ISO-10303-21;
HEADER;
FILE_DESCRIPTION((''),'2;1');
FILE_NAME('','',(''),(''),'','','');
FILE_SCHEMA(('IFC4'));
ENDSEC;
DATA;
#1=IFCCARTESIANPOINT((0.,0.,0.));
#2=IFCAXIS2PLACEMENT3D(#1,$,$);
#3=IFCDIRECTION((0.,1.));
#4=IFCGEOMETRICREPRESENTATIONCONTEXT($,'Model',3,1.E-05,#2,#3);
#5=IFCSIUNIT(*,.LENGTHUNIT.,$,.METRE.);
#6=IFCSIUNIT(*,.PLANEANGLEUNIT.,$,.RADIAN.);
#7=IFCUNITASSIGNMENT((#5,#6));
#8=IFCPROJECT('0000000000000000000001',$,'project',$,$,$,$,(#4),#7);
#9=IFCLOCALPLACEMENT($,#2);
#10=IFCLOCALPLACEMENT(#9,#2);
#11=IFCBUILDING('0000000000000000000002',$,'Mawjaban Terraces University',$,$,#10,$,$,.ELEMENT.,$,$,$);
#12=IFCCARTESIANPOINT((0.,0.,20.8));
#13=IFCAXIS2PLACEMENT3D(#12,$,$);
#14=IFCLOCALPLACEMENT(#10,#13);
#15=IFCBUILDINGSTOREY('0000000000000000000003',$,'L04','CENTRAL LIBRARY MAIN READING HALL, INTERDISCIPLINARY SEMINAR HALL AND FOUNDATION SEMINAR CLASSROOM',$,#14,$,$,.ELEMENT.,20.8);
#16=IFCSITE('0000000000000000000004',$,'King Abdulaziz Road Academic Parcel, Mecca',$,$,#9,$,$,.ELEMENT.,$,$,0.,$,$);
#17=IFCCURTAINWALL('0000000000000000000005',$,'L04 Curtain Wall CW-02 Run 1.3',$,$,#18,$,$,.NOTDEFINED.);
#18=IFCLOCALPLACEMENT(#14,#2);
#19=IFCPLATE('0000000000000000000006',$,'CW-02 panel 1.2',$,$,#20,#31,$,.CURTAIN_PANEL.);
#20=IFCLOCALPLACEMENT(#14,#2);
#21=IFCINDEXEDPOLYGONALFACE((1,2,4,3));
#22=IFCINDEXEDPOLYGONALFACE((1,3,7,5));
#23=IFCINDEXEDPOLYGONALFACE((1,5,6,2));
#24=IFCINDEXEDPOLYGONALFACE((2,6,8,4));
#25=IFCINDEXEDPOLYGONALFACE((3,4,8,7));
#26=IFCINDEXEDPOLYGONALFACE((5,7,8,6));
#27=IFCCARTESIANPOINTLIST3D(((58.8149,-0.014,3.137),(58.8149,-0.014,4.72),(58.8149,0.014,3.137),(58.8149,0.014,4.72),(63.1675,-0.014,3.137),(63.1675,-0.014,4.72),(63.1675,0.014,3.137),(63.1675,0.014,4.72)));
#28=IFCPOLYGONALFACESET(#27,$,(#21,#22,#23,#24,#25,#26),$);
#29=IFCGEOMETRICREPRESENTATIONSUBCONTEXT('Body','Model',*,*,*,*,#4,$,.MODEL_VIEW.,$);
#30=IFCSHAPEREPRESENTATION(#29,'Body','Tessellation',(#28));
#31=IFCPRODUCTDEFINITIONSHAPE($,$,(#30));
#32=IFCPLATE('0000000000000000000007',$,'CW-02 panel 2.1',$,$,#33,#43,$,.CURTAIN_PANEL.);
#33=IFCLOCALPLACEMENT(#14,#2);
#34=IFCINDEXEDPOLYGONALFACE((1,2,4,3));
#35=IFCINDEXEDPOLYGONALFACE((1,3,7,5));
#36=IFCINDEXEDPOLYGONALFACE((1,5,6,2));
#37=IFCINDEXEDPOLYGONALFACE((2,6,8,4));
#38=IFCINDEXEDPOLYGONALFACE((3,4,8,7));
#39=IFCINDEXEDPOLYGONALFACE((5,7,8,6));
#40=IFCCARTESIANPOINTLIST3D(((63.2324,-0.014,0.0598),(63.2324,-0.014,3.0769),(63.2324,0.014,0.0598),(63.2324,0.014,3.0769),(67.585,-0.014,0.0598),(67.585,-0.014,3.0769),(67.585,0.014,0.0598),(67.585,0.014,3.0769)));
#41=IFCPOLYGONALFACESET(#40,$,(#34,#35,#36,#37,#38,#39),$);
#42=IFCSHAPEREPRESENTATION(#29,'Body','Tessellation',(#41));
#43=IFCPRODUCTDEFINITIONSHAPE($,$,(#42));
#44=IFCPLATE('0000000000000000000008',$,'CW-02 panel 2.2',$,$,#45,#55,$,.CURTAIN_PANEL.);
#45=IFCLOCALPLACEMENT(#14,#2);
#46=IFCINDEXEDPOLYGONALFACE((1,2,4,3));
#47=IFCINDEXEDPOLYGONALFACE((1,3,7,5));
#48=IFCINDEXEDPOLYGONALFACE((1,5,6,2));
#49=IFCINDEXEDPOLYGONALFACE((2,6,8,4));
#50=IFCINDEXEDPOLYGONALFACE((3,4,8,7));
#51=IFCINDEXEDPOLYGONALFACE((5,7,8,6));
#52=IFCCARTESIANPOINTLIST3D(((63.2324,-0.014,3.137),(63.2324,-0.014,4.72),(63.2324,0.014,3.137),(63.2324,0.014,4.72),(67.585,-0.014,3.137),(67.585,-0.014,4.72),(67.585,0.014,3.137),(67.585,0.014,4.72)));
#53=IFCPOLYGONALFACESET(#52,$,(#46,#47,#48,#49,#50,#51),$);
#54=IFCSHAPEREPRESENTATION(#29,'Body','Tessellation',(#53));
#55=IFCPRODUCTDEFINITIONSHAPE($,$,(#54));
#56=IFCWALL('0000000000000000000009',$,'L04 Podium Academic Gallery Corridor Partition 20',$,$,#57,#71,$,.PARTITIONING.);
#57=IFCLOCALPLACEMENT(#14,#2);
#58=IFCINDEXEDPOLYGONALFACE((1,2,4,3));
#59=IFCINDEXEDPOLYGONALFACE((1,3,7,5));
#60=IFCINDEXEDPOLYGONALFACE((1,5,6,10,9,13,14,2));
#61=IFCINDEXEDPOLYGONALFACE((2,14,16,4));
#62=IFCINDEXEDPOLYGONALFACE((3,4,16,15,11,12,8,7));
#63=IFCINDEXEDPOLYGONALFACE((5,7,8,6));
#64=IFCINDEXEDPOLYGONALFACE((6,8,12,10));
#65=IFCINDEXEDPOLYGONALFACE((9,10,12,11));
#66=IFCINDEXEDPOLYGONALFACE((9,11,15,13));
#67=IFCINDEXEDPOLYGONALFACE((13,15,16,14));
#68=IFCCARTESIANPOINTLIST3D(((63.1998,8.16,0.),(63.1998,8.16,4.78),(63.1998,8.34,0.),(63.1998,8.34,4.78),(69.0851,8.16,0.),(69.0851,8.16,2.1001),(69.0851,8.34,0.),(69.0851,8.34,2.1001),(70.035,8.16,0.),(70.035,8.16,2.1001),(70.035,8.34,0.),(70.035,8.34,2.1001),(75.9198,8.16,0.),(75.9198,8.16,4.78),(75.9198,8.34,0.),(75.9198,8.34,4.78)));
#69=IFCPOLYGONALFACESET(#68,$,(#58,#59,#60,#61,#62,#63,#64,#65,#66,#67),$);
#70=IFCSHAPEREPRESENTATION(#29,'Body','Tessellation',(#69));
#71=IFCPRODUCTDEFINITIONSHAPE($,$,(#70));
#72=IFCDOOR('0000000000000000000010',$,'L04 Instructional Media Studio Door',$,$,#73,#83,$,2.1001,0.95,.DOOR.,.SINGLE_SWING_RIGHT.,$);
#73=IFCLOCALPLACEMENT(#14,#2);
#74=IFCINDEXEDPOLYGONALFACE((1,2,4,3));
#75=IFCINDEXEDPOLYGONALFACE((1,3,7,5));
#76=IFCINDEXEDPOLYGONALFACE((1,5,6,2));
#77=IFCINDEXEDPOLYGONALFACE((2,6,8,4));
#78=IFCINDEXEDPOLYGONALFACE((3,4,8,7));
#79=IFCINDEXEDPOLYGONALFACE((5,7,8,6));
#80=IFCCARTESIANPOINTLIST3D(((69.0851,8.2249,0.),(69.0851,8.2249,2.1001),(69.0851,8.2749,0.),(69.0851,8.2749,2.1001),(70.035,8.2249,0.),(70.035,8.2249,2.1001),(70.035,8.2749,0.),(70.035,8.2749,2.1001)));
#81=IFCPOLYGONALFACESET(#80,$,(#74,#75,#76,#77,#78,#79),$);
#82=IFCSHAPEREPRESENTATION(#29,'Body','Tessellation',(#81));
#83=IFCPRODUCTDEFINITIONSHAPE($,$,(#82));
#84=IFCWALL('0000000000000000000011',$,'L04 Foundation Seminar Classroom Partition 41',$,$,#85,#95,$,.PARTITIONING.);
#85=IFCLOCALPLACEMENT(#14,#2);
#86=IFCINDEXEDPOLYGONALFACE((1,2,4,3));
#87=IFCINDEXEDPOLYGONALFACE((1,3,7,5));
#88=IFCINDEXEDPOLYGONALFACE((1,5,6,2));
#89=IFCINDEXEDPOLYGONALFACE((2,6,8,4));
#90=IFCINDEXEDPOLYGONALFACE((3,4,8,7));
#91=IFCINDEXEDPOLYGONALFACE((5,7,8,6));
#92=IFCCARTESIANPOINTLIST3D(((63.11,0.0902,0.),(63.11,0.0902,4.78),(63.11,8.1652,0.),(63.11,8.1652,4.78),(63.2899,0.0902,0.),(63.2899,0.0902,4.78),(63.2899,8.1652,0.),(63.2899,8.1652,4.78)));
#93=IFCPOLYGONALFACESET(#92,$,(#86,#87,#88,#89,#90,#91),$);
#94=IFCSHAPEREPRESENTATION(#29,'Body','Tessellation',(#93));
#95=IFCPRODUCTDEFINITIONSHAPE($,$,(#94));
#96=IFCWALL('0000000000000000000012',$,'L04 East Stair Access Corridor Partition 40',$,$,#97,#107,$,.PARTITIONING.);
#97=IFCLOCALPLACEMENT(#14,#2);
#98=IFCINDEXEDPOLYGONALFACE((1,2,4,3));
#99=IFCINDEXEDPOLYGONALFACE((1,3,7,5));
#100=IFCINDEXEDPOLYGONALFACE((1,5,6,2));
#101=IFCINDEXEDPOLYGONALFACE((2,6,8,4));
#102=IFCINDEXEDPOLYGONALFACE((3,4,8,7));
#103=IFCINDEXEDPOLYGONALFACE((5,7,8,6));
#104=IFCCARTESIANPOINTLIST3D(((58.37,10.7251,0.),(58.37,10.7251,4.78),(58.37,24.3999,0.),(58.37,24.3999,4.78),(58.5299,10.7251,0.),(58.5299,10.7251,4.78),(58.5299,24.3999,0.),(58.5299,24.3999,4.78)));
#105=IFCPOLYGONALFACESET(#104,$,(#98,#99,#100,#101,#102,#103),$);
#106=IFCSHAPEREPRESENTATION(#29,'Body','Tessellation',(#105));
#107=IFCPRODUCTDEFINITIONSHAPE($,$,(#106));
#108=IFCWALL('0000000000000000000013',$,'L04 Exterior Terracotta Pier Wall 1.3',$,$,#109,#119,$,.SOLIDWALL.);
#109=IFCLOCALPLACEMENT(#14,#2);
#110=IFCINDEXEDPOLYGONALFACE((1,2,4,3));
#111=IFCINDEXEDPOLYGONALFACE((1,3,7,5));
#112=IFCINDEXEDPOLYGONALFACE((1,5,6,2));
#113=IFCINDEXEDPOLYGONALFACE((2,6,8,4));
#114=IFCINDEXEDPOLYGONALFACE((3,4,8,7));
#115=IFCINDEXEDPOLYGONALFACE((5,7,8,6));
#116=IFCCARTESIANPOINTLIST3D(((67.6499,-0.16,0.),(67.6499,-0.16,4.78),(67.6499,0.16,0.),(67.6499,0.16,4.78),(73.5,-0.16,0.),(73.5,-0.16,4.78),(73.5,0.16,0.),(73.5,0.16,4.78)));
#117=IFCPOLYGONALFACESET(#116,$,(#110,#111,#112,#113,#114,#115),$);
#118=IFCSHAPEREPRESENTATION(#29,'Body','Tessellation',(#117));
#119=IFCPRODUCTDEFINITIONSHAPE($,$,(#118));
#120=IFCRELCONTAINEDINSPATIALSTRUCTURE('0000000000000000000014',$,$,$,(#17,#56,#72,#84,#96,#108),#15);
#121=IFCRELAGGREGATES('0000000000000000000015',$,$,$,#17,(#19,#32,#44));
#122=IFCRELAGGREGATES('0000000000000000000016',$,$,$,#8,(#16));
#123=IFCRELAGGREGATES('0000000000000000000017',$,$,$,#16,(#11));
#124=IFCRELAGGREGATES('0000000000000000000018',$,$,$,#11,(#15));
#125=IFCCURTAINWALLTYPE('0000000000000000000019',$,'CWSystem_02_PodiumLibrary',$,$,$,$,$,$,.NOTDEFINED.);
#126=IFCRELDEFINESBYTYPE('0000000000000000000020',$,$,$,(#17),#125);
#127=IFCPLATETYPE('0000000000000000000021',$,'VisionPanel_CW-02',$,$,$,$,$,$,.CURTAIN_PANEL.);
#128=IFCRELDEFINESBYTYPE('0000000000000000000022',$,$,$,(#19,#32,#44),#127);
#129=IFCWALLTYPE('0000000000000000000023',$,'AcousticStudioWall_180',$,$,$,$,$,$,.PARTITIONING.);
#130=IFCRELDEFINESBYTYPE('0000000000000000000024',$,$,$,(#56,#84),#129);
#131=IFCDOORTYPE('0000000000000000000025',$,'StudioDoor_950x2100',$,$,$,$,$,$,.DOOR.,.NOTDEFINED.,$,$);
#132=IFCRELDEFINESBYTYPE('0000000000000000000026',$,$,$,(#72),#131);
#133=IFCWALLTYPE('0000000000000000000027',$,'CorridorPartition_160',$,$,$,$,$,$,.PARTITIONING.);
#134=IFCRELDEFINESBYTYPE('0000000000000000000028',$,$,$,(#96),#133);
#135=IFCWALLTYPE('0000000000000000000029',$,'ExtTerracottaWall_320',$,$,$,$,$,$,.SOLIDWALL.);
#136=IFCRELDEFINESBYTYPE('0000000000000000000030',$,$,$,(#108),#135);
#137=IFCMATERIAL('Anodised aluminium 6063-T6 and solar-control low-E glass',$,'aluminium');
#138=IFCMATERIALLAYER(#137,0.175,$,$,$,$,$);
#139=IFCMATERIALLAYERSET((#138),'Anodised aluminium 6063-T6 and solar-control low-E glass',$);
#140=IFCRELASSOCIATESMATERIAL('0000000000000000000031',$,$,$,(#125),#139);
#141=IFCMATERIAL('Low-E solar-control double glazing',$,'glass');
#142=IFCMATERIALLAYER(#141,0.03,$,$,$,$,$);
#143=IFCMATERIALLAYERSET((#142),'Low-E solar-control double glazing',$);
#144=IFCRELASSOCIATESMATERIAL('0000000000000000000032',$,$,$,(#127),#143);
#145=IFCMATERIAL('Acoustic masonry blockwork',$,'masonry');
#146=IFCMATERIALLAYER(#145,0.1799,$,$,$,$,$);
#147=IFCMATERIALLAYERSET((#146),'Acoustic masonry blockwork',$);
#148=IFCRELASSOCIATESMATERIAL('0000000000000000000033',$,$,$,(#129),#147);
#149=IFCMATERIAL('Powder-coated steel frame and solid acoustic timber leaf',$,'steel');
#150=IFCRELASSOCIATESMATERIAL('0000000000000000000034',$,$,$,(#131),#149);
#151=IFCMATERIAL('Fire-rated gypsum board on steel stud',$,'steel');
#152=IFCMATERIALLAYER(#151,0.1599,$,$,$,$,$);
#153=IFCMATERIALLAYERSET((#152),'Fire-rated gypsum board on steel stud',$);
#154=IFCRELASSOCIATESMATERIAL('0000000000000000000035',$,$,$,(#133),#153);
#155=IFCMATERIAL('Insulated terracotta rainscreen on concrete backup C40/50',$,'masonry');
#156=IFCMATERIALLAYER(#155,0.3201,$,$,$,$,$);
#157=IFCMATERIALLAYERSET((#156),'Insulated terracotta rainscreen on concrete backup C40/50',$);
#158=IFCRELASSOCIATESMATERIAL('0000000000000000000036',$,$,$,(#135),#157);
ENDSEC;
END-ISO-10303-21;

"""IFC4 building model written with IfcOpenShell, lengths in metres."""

from ifc_helpers import new_model, si_unit, direction, frame, frame_2d, origin, origin_2d, place, context, subcontext, project, spatial, rectangle, extrude, material, layer, layer_set, type_object, element, fill, aggregate, save


model = new_model("IFC4")

# Units and contexts
model_context = context("Model", 3, precision=1e-05, world=origin(), true_north=direction((0.0, 1.0)))
body_context = subcontext(model_context, "Body", "Model", "MODEL_VIEW")
ifc_project = project(units=[si_unit("LENGTHUNIT", "METRE"), si_unit("PLANEANGLEUNIT", "RADIAN")], contexts=[model_context])

# Site, building, storey
site_placement = place(None, origin())
site = spatial("IfcSite", under=ifc_project, at=site_placement, Name="King Abdulaziz Road Academic Parcel, Mecca", CompositionType="ELEMENT", RefElevation=0.0)
building_placement = place(site_placement, origin())
building = spatial("IfcBuilding", under=site, at=building_placement, Name="Mawjaban Terraces University", CompositionType="ELEMENT")
storey_placement = place(building_placement, frame((0.0, 0.0, 20.8)))
storey = spatial("IfcBuildingStorey", under=building, at=storey_placement, Name="L04", Description="CENTRAL LIBRARY MAIN READING HALL, INTERDISCIPLINARY SEMINAR HALL AND FOUNDATION SEMINAR CLASSROOM", CompositionType="ELEMENT", Elevation=20.8)

# Curtain wall
ifc_material_1 = material(Name="Anodised aluminium 6063-T6 and solar-control low-E glass", Category="aluminium")
ifc_layer_1 = layer(ifc_material_1, 0.175)
ifc_layer_set_1 = layer_set([ifc_layer_1], Name="Anodised aluminium 6063-T6 and solar-control low-E glass")
curtain_wall_type = type_object("IfcCurtainWallType", Name="CWSystem_02_PodiumLibrary", PredefinedType="NOTDEFINED", material=ifc_layer_set_1)
curtain_wall_placement = place(storey_placement, origin())
curtain_wall = element("IfcCurtainWall", 1, at=curtain_wall_placement, inside=storey, type_object=curtain_wall_type, Name="L04 Curtain Wall CW-02 Run 1.3", PredefinedType="NOTDEFINED")

# Plates
ifc_material_2 = material(Name="Low-E solar-control double glazing", Category="glass")
ifc_layer_2 = layer(ifc_material_2, 0.03)
ifc_layer_set_2 = layer_set([ifc_layer_2], Name="Low-E solar-control double glazing")
plate_type_1 = type_object("IfcPlateType", Name="VisionPanel_CW-02", PredefinedType="CURTAIN_PANEL", material=ifc_layer_set_2)
plate_1_placement = place(storey_placement, frame((60.9912, 0.0, 3.137), z_axis=(0.0, 0.0, 1.0), x_axis=(1.0, 0.0, 0.0)))
plate_1 = element("IfcPlate", 2, at=plate_1_placement, type_object=plate_type_1, Name="CW-02 panel 1.2", PredefinedType="CURTAIN_PANEL", context=body_context, shape_type="SweptSolid", body=[
    extrude(rectangle(XDim=4.3525, YDim=0.0281, at=origin_2d()), origin(), (0.0, 0.0, 1.0), 1.583),
])
plate_2_placement = place(storey_placement, frame((65.4087, 0.0, 0.0598), z_axis=(0.0, 0.0, 1.0), x_axis=(1.0, 0.0, 0.0)))
plate_2 = element("IfcPlate", 3, at=plate_2_placement, type_object=plate_type_1, Name="CW-02 panel 2.1", PredefinedType="CURTAIN_PANEL", context=body_context, shape_type="SweptSolid", body=[
    extrude(rectangle(XDim=4.3525, YDim=0.0281, at=origin_2d()), origin(), (0.0, 0.0, 1.0), 3.0171),
])
plate_3_placement = place(storey_placement, frame((65.4087, 0.0, 3.137), z_axis=(0.0, 0.0, 1.0), x_axis=(1.0, 0.0, 0.0)))
plate_3 = element("IfcPlate", 4, at=plate_3_placement, type_object=plate_type_1, Name="CW-02 panel 2.2", PredefinedType="CURTAIN_PANEL", context=body_context, shape_type="SweptSolid", body=[
    extrude(rectangle(XDim=4.3525, YDim=0.0281, at=origin_2d()), origin(), (0.0, 0.0, 1.0), 1.583),
])
aggregate(curtain_wall, [plate_1, plate_2, plate_3])

# Wall, opening, door
ifc_material_3 = material(Name="Acoustic masonry blockwork", Category="masonry")
ifc_layer_3 = layer(ifc_material_3, 0.1799)
ifc_layer_set_3 = layer_set([ifc_layer_3], Name="Acoustic masonry blockwork")
wall_type_1 = type_object("IfcWallType", Name="AcousticStudioWall_180", PredefinedType="PARTITIONING", material=ifc_layer_set_3)
wall_1_placement = place(storey_placement, frame((63.2, 8.25, 0.0), z_axis=(0.0, 0.0, 1.0), x_axis=(1.0, 0.0, 0.0)))
wall_1 = element("IfcWall", 5, at=wall_1_placement, inside=storey, type_object=wall_type_1, Name="L04 Podium Academic Gallery Corridor Partition 20", PredefinedType="PARTITIONING", context=body_context, shape_type="SweptSolid", body=[
    extrude(rectangle(XDim=12.72, YDim=0.1799, at=frame_2d((6.3599, 0.0))), origin(), (0.0, 0.0, 1.0), 4.78),
])
opening_placement = place(wall_1_placement, frame((5.885, 0.0, 0.0)))
opening = element("IfcOpeningElement", 6, at=opening_placement, cuts=wall_1, PredefinedType="OPENING", context=body_context, shape_type="SweptSolid", body=[
    extrude(rectangle(XDim=0.95, YDim=2.1001, at=frame_2d((0.4751, 1.05))), frame((0.0, 0.0999, 0.0), z_axis=(0.0, -1.0, 0.0), x_axis=(1.0, 0.0, 0.0)), (0.0, 0.0, 1.0), 0.2),
])
ifc_material_4 = material(Name="Powder-coated steel frame and solid acoustic timber leaf", Category="steel")
door_type = type_object("IfcDoorType", Name="StudioDoor_950x2100", OperationType="NOTDEFINED", PredefinedType="DOOR", material=ifc_material_4)
door_placement = place(opening_placement, origin())
door = element("IfcDoor", 7, at=door_placement, inside=storey, type_object=door_type, Name="L04 Instructional Media Studio Door", OperationType="SINGLE_SWING_RIGHT", OverallHeight=2.1001, OverallWidth=0.95, PredefinedType="DOOR", context=body_context, shape_type="SweptSolid", body=[
    extrude(rectangle(XDim=0.95, YDim=2.1001, at=frame_2d((0.4751, 1.05))), frame((0.0, 0.0249, 0.0), z_axis=(0.0, -1.0, 0.0), x_axis=(1.0, 0.0, 0.0)), (0.0, 0.0, 1.0), 0.05),
])
fill(opening, door)

# Walls
wall_2_placement = place(storey_placement, frame((63.2, 0.0901, 0.0), z_axis=(0.0, 0.0, 1.0), x_axis=(0.0, 1.0, 0.0)))
element("IfcWall", 8, at=wall_2_placement, inside=storey, type_object=wall_type_1, Name="L04 Foundation Seminar Classroom Partition 41", PredefinedType="PARTITIONING", context=body_context, shape_type="SweptSolid", body=[
    extrude(rectangle(XDim=8.075, YDim=0.1799, at=frame_2d((4.0376, 0.0))), origin(), (0.0, 0.0, 1.0), 4.78),
])
ifc_material_5 = material(Name="Fire-rated gypsum board on steel stud", Category="steel")
ifc_layer_4 = layer(ifc_material_5, 0.1599)
ifc_layer_set_4 = layer_set([ifc_layer_4], Name="Fire-rated gypsum board on steel stud")
wall_type_2 = type_object("IfcWallType", Name="CorridorPartition_160", PredefinedType="PARTITIONING", material=ifc_layer_set_4)
wall_3_placement = place(storey_placement, frame((58.45, 10.7251, 0.0), z_axis=(0.0, 0.0, 1.0), x_axis=(0.0, 1.0, 0.0)))
element("IfcWall", 9, at=wall_3_placement, inside=storey, type_object=wall_type_2, Name="L04 East Stair Access Corridor Partition 40", PredefinedType="PARTITIONING", context=body_context, shape_type="SweptSolid", body=[
    extrude(rectangle(XDim=13.6748, YDim=0.1599, at=frame_2d((6.8374, 0.0))), origin(), (0.0, 0.0, 1.0), 4.78),
])
ifc_material_6 = material(Name="Insulated terracotta rainscreen on concrete backup C40/50", Category="masonry")
ifc_layer_5 = layer(ifc_material_6, 0.3201)
ifc_layer_set_5 = layer_set([ifc_layer_5], Name="Insulated terracotta rainscreen on concrete backup C40/50")
wall_type_3 = type_object("IfcWallType", Name="ExtTerracottaWall_320", PredefinedType="SOLIDWALL", material=ifc_layer_set_5)
wall_4_placement = place(storey_placement, frame((67.6499, 0.0, 0.0), z_axis=(0.0, 0.0, 1.0), x_axis=(1.0, 0.0, 0.0)))
element("IfcWall", 10, at=wall_4_placement, inside=storey, type_object=wall_type_3, Name="L04 Exterior Terracotta Pier Wall 1.3", PredefinedType="SOLIDWALL", context=body_context, shape_type="SweptSolid", body=[
    extrude(rectangle(XDim=5.8501, YDim=0.3201, at=frame_2d((2.925, 0.0))), origin(), (0.0, 0.0, 1.0), 4.78),
])

save(model, "model.ifc")
